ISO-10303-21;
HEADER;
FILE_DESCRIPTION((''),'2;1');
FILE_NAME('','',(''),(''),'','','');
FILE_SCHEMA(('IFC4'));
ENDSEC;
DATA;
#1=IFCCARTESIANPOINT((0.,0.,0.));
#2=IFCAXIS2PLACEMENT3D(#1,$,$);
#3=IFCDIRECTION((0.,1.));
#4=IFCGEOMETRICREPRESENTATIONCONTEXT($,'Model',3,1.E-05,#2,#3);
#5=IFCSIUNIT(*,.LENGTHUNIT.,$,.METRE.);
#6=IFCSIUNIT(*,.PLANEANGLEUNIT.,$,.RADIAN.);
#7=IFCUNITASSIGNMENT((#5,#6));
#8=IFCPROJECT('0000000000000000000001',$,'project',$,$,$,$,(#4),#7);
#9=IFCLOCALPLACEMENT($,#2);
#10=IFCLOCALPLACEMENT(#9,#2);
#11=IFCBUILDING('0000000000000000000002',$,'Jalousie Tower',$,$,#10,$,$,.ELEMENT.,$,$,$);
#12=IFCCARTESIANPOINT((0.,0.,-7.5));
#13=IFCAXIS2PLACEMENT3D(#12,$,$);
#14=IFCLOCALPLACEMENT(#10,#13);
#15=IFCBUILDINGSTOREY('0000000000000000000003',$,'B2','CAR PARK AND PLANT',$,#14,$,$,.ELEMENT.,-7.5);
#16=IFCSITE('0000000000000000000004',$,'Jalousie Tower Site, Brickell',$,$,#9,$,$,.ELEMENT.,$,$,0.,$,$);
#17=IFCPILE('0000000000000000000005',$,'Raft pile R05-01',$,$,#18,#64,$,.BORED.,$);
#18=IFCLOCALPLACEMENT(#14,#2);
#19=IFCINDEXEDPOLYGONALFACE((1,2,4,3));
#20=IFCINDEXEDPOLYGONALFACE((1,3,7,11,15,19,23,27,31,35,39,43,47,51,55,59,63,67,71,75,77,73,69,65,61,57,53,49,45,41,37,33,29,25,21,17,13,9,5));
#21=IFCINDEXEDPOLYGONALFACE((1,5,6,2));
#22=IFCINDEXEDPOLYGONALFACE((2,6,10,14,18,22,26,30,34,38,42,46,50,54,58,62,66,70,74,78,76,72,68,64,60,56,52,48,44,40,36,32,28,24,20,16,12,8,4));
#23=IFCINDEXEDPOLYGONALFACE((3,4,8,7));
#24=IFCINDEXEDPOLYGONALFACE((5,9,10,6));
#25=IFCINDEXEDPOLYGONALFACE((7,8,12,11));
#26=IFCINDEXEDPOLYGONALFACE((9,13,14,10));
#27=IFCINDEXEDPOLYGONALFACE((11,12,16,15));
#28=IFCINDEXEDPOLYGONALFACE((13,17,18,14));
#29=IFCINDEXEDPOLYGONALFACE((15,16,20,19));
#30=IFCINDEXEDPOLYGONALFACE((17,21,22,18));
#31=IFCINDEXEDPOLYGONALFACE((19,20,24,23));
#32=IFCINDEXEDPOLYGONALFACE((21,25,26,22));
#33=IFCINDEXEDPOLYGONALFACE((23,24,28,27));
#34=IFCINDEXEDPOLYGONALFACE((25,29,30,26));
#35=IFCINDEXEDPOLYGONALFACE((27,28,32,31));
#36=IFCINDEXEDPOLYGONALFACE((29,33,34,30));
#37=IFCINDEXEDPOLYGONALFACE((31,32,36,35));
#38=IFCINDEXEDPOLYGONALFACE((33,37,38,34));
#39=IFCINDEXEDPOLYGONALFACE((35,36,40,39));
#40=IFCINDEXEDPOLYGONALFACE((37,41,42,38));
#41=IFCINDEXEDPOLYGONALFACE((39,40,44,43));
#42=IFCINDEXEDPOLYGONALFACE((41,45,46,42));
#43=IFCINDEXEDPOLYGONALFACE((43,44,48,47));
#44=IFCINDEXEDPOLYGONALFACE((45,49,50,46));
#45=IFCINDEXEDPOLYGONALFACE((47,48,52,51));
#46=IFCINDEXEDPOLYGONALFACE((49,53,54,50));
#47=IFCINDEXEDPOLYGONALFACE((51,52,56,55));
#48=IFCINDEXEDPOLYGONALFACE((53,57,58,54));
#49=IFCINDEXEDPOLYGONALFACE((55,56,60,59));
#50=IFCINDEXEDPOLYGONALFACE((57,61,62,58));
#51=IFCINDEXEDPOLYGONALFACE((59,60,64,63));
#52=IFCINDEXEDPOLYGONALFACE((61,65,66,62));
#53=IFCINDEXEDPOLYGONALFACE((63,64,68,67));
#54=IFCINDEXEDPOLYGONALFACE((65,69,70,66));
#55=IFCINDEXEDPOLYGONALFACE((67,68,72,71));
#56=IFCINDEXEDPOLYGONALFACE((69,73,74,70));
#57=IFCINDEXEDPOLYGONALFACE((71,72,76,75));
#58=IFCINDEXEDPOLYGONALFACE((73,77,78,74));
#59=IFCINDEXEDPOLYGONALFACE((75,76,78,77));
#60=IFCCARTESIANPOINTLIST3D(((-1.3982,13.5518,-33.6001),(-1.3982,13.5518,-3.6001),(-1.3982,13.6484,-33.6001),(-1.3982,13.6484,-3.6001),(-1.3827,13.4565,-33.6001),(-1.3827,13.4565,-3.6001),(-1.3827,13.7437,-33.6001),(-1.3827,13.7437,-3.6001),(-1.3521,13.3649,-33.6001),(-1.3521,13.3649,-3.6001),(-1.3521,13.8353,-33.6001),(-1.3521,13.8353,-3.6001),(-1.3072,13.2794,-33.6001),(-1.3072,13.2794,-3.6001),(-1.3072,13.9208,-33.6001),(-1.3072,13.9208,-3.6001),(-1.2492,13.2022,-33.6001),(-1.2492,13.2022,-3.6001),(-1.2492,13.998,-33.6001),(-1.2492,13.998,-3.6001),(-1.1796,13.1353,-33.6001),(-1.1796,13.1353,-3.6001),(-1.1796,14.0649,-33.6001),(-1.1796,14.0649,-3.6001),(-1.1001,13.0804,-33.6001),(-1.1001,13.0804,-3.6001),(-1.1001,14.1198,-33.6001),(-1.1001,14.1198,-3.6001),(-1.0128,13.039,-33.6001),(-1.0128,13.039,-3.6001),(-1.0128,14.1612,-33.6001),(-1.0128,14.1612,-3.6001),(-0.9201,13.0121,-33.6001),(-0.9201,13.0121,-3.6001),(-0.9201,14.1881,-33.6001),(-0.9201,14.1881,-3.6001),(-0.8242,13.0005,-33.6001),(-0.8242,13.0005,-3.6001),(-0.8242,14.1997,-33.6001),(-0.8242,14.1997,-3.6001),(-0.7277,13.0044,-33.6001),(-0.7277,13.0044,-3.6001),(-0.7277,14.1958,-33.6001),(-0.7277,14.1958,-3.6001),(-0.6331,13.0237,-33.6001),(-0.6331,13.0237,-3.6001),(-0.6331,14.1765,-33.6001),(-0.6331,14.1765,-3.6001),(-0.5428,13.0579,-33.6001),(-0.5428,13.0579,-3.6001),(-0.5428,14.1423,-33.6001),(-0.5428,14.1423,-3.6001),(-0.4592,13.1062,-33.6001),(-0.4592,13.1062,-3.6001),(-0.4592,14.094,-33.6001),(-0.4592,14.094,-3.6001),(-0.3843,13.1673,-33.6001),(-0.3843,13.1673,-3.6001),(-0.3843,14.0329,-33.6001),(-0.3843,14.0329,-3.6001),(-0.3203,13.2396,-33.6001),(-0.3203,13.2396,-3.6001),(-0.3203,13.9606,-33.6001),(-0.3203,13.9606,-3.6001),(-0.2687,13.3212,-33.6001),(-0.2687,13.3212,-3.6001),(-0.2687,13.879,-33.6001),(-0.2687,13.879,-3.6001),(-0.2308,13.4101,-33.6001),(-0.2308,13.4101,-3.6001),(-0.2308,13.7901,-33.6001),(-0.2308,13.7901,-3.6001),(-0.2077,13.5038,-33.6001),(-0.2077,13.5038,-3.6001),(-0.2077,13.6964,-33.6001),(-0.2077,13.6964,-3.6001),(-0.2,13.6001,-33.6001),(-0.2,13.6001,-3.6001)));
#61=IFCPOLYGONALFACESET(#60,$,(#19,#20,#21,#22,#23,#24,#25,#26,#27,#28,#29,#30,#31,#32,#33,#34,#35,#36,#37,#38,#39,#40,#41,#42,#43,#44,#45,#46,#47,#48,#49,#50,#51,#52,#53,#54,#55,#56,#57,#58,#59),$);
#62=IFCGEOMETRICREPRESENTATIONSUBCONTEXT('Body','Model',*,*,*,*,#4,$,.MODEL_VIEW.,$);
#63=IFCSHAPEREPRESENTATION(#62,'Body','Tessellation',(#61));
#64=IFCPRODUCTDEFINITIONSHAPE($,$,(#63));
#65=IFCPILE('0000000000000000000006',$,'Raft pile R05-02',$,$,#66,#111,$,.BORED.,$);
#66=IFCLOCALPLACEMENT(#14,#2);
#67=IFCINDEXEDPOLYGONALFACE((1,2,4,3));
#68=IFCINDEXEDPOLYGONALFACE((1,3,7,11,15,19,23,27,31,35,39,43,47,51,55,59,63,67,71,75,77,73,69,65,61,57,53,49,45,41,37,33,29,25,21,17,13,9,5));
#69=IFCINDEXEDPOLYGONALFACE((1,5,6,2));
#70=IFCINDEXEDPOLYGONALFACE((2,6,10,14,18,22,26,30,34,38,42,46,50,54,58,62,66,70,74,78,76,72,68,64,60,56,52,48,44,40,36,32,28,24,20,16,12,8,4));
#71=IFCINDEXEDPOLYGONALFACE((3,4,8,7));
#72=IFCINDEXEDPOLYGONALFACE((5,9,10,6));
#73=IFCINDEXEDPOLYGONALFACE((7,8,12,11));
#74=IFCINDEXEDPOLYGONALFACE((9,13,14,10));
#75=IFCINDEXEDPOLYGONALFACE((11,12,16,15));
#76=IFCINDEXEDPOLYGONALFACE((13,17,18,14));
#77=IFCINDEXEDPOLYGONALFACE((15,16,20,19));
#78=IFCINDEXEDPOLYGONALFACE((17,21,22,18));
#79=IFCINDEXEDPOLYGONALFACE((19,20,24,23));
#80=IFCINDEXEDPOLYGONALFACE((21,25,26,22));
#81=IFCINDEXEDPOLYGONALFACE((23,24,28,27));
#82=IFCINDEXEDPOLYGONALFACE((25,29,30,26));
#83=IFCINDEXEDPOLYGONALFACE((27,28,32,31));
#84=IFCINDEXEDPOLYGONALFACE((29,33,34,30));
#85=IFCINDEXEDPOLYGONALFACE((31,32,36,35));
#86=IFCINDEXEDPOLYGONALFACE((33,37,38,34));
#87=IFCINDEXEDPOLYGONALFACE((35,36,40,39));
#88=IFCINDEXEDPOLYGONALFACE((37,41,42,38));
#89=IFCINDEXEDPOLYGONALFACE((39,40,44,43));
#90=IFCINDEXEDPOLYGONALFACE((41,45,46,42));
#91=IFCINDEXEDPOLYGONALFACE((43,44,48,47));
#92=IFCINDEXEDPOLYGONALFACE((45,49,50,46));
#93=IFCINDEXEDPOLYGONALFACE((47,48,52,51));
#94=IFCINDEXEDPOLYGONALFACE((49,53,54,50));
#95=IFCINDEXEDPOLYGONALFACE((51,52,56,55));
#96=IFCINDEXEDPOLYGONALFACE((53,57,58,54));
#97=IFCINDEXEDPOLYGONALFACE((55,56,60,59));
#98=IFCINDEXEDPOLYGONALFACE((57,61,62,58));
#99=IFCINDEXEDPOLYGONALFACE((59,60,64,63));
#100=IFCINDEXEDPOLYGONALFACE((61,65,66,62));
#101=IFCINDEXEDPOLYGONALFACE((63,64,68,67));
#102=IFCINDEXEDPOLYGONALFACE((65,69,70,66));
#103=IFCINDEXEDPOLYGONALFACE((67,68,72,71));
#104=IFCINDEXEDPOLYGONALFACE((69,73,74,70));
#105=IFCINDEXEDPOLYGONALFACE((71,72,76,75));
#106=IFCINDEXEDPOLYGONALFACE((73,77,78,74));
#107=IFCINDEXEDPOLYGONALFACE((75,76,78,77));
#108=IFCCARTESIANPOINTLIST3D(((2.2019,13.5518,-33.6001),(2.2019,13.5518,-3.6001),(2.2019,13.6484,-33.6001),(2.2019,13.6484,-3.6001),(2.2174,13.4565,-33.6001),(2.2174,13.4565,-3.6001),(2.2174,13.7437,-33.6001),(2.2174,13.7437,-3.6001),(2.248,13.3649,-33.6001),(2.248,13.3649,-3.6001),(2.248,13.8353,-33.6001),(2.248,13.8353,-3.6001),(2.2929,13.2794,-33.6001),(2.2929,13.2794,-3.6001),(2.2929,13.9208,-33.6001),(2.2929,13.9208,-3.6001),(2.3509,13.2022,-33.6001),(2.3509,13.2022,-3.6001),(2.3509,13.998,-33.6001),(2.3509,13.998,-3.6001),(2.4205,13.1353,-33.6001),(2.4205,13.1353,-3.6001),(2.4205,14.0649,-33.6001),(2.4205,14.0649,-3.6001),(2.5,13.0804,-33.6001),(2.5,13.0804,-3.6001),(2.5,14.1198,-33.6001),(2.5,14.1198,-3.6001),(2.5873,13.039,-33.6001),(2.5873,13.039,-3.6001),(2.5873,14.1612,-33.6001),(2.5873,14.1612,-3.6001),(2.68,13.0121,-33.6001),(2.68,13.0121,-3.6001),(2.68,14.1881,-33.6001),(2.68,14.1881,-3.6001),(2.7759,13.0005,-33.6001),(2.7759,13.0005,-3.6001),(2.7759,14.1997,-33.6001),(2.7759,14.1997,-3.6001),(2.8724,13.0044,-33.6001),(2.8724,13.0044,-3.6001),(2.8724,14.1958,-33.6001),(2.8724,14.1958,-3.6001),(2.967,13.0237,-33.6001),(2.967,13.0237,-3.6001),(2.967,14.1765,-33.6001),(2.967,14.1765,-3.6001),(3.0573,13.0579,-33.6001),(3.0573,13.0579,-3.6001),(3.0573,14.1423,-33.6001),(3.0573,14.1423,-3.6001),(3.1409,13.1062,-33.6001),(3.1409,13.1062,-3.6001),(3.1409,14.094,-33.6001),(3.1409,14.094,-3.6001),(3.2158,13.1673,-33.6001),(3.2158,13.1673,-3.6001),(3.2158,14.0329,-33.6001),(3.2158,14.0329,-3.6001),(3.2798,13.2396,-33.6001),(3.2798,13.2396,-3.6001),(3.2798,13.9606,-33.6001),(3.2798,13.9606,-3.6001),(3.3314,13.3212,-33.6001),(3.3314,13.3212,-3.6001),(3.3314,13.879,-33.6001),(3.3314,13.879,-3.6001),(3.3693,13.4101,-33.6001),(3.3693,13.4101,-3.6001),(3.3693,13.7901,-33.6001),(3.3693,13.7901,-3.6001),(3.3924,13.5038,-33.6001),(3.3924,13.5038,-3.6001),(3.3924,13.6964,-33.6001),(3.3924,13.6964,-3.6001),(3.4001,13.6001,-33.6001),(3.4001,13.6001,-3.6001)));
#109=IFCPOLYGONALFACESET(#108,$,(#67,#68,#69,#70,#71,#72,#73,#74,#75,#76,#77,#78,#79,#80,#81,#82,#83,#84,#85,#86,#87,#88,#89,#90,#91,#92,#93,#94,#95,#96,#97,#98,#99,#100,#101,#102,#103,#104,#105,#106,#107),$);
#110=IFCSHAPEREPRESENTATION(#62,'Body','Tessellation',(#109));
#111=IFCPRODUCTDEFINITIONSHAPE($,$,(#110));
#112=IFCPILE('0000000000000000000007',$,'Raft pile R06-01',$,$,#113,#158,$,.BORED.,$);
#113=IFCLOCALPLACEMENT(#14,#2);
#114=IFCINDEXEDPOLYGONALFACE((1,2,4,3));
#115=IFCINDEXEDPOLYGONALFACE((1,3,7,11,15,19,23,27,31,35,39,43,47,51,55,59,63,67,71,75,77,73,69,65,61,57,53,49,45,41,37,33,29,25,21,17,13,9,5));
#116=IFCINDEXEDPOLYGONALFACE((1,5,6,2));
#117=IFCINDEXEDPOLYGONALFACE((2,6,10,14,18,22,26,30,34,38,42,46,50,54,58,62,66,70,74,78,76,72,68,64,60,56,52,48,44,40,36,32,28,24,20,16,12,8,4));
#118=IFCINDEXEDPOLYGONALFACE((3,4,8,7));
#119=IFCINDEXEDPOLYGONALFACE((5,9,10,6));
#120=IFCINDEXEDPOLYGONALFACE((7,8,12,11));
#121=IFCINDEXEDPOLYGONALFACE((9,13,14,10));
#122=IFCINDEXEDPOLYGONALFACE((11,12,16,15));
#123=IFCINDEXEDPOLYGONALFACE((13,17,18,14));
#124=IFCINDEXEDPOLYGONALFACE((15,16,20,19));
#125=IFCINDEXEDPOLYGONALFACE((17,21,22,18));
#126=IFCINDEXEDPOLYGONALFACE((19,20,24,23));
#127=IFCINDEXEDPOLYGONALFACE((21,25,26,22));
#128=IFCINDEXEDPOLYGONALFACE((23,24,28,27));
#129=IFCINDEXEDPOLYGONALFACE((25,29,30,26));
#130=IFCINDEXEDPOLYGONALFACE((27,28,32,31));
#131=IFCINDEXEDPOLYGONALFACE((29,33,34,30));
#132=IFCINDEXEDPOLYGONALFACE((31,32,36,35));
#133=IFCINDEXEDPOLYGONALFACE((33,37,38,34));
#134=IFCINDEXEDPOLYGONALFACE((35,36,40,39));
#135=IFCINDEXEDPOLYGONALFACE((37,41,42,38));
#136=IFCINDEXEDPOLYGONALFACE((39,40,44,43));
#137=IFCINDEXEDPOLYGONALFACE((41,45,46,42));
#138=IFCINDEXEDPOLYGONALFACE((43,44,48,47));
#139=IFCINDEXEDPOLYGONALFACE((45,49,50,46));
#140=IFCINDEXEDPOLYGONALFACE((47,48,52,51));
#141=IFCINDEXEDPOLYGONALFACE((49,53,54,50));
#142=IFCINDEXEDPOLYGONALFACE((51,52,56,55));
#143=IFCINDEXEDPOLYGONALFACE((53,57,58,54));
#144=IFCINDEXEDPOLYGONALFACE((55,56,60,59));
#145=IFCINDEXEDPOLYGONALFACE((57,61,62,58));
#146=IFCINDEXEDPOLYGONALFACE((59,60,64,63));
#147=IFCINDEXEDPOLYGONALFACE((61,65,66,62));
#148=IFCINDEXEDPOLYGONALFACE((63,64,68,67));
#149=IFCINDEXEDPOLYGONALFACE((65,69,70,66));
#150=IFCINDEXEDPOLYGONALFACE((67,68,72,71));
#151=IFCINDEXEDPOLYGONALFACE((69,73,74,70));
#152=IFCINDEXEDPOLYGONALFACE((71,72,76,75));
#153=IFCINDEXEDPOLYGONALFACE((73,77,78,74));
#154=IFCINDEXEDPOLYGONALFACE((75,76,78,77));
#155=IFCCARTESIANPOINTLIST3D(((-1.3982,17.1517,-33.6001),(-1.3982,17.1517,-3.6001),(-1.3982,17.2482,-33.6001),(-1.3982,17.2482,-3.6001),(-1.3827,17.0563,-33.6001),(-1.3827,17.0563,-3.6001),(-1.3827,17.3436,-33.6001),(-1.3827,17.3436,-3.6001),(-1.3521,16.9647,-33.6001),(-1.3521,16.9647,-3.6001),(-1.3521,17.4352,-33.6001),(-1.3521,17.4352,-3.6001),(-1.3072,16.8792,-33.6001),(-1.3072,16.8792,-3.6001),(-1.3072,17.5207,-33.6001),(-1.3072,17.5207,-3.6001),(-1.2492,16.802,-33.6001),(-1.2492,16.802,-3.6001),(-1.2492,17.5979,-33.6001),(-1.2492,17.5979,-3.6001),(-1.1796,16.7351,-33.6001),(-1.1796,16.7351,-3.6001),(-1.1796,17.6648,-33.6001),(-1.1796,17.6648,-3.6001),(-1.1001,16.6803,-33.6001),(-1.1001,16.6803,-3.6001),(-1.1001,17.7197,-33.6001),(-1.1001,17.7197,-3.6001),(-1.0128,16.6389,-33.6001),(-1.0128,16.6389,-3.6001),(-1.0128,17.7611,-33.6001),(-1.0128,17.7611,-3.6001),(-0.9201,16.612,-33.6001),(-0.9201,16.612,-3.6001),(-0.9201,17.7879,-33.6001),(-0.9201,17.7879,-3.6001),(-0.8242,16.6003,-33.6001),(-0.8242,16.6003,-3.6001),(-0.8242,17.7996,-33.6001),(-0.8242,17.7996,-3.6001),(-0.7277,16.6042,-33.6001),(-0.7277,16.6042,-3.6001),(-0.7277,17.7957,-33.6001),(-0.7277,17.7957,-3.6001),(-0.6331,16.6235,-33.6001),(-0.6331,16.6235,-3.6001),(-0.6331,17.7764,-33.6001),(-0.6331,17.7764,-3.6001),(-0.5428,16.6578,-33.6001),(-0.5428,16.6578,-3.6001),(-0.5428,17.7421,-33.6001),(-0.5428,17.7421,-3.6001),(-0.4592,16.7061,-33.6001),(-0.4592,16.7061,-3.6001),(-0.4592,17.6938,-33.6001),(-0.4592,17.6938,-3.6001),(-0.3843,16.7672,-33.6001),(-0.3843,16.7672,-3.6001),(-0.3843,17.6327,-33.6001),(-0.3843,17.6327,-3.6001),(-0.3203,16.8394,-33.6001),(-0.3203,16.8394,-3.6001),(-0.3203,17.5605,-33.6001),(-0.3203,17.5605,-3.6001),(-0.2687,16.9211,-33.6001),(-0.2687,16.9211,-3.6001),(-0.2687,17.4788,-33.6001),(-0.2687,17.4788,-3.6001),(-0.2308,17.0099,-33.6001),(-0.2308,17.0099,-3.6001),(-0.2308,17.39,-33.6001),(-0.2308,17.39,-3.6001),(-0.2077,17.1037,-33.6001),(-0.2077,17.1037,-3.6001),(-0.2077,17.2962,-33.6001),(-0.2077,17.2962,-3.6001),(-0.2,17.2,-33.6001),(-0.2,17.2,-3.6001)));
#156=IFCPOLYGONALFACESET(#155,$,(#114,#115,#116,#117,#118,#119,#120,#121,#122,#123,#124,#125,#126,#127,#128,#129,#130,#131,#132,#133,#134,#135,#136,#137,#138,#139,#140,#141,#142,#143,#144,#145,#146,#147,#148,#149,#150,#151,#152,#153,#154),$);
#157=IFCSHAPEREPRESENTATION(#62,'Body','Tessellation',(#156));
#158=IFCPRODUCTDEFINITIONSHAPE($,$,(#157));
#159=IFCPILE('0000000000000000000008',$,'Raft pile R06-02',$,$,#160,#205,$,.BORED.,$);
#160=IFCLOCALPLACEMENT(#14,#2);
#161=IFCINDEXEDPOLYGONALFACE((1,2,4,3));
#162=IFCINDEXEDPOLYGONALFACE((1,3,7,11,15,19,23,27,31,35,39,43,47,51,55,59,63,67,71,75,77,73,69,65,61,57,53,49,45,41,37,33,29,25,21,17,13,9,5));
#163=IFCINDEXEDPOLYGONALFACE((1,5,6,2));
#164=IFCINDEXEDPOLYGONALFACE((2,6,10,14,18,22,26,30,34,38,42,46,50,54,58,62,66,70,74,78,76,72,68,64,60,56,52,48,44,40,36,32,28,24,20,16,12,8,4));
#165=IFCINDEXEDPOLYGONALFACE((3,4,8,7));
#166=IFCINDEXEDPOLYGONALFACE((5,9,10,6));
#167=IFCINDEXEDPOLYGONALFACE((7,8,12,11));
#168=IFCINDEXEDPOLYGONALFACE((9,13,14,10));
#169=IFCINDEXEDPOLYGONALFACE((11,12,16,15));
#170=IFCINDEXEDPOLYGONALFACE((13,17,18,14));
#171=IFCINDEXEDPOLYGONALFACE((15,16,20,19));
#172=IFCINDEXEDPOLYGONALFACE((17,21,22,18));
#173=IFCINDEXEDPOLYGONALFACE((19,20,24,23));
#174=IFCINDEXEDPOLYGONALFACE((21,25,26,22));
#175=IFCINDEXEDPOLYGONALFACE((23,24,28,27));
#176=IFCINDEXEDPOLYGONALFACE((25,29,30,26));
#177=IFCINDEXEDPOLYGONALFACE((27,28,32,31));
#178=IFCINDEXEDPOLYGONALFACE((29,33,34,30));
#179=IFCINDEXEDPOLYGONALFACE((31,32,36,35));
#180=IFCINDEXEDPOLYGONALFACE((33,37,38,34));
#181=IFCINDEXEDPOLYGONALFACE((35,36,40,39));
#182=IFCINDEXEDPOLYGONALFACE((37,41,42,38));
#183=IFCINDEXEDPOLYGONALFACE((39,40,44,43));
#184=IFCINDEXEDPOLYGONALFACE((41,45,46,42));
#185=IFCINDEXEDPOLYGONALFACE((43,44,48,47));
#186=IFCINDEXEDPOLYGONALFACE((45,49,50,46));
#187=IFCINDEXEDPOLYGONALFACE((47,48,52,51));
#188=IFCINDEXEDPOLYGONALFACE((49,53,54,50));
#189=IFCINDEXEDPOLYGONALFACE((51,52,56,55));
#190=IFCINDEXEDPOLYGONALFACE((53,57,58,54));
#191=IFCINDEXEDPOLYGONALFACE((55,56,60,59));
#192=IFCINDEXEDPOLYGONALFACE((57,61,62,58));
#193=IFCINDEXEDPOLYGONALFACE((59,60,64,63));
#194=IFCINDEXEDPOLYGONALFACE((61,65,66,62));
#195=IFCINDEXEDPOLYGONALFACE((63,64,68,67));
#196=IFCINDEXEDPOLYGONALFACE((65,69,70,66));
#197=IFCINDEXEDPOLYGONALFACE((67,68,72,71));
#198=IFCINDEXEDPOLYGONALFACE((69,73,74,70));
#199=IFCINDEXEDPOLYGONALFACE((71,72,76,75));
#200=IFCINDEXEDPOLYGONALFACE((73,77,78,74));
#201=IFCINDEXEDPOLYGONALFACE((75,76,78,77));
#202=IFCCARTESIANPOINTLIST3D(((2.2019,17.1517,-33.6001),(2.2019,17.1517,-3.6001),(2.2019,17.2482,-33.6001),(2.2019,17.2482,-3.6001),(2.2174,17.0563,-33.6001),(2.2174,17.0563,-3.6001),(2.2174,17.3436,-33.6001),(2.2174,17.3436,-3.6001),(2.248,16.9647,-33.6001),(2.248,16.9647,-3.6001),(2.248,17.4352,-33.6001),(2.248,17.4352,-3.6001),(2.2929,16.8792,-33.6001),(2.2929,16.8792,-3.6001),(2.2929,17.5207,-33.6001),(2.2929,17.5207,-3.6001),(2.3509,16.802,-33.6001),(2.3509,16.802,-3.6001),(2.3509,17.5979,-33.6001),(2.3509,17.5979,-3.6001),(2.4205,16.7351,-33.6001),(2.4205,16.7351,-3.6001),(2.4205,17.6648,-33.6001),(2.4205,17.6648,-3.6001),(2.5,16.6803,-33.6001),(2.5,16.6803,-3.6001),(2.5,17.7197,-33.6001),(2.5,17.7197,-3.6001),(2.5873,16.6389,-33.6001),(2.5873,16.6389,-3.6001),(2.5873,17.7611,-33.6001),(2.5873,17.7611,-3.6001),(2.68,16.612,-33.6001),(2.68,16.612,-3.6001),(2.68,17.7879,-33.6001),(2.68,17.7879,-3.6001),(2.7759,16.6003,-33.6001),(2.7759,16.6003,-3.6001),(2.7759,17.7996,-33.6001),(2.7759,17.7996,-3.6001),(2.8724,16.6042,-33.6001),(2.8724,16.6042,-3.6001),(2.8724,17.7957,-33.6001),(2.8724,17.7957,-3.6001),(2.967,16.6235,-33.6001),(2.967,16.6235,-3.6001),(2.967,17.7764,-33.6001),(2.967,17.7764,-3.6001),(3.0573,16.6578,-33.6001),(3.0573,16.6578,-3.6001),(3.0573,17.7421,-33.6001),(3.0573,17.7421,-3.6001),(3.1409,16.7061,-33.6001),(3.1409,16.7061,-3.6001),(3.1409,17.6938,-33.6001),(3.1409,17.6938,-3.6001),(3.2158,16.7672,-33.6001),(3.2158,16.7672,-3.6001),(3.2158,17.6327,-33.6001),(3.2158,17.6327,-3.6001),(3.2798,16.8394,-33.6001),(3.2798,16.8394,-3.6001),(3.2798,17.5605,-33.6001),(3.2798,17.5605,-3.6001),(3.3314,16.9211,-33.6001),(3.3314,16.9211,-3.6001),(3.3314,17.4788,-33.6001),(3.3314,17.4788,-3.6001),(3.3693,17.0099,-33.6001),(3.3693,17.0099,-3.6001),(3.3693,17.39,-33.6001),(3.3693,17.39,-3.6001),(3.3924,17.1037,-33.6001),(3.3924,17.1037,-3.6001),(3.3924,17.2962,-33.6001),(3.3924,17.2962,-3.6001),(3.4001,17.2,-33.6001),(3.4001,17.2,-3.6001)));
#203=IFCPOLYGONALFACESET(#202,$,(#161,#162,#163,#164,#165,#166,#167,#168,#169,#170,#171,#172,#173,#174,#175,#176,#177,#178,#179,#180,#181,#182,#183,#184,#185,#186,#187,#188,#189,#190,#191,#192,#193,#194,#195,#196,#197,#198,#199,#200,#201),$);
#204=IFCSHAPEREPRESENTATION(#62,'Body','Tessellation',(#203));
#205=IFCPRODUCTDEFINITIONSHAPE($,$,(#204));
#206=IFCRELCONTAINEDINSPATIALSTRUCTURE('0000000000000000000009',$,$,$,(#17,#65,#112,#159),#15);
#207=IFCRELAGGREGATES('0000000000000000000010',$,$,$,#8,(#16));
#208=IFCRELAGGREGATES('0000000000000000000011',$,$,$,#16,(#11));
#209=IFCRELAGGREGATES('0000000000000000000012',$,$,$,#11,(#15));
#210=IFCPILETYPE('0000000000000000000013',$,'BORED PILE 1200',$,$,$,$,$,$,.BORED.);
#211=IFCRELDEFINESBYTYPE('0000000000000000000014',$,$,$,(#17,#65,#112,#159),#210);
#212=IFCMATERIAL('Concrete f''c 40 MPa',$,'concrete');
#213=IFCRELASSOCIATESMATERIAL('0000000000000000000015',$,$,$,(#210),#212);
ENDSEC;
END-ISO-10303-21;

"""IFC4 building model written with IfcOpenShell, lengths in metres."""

from ifc_helpers import new_model, si_unit, direction, frame, origin, origin_2d, place, context, subcontext, project, spatial, circle, extrude, material, material_profile, profile_set, type_object, element, save


model = new_model("IFC4")

# Units and contexts
model_context = context("Model", 3, precision=1e-05, world=origin(), true_north=direction((0.0, 1.0)))
body_context = subcontext(model_context, "Body", "Model", "MODEL_VIEW")
ifc_project = project(units=[si_unit("LENGTHUNIT", "METRE"), si_unit("PLANEANGLEUNIT", "RADIAN")], contexts=[model_context])

# Site, building, storey
site_placement = place(None, origin())
site = spatial("IfcSite", under=ifc_project, at=site_placement, Name="Jalousie Tower Site, Brickell", CompositionType="ELEMENT", RefElevation=0.0)
building_placement = place(site_placement, origin())
building = spatial("IfcBuilding", under=site, at=building_placement, Name="Jalousie Tower", CompositionType="ELEMENT")
storey_placement = place(building_placement, frame((0.0, 0.0, -7.5)))
storey = spatial("IfcBuildingStorey", under=building, at=storey_placement, Name="B2", Description="CAR PARK AND PLANT", CompositionType="ELEMENT", Elevation=-7.5)

# Piles
ifc_material_1 = material(Name="Concrete f'c 40 MPa", Category="concrete")
ifc_material_profile_1 = material_profile(ifc_material_1, circle(Radius=0.6001, at=origin_2d()), Name="BORED PILE D1200")
ifc_profile_set_1 = profile_set([ifc_material_profile_1], Name="Concrete f'c 40 MPa")
pile_type_1 = type_object("IfcPileType", Name="BORED PILE 1200", PredefinedType="BORED", material=ifc_profile_set_1)
for number, where, z_axis, x_axis, name in (
    (1, (-0.8, 13.6001, -3.6001), (0.0, 0.0, -1.0), (1.0, 0.0, 0.0), "Raft pile R05-01"),
    (2, (2.8, 13.6001, -3.6001), (0.0, 0.0, -1.0), (1.0, 0.0, 0.0), "Raft pile R05-02"),
    (3, (-0.8, 17.2, -3.6001), (0.0, 0.0, -1.0), (1.0, 0.0, 0.0), "Raft pile R06-01"),
    (4, (2.8, 17.2, -3.6001), (0.0, 0.0, -1.0), (1.0, 0.0, 0.0), "Raft pile R06-02"),
):
    element("IfcPile", number, at=place(storey_placement, frame(where, z_axis=z_axis, x_axis=x_axis)), inside=storey, type_object=pile_type_1, Name=name, PredefinedType="BORED", context=body_context, shape_type="SweptSolid", body=[
        extrude(circle(Radius=0.6001, at=origin_2d()), origin(), (0.0, 0.0, 1.0), 30.0),
    ])

save(model, "model.ifc")
